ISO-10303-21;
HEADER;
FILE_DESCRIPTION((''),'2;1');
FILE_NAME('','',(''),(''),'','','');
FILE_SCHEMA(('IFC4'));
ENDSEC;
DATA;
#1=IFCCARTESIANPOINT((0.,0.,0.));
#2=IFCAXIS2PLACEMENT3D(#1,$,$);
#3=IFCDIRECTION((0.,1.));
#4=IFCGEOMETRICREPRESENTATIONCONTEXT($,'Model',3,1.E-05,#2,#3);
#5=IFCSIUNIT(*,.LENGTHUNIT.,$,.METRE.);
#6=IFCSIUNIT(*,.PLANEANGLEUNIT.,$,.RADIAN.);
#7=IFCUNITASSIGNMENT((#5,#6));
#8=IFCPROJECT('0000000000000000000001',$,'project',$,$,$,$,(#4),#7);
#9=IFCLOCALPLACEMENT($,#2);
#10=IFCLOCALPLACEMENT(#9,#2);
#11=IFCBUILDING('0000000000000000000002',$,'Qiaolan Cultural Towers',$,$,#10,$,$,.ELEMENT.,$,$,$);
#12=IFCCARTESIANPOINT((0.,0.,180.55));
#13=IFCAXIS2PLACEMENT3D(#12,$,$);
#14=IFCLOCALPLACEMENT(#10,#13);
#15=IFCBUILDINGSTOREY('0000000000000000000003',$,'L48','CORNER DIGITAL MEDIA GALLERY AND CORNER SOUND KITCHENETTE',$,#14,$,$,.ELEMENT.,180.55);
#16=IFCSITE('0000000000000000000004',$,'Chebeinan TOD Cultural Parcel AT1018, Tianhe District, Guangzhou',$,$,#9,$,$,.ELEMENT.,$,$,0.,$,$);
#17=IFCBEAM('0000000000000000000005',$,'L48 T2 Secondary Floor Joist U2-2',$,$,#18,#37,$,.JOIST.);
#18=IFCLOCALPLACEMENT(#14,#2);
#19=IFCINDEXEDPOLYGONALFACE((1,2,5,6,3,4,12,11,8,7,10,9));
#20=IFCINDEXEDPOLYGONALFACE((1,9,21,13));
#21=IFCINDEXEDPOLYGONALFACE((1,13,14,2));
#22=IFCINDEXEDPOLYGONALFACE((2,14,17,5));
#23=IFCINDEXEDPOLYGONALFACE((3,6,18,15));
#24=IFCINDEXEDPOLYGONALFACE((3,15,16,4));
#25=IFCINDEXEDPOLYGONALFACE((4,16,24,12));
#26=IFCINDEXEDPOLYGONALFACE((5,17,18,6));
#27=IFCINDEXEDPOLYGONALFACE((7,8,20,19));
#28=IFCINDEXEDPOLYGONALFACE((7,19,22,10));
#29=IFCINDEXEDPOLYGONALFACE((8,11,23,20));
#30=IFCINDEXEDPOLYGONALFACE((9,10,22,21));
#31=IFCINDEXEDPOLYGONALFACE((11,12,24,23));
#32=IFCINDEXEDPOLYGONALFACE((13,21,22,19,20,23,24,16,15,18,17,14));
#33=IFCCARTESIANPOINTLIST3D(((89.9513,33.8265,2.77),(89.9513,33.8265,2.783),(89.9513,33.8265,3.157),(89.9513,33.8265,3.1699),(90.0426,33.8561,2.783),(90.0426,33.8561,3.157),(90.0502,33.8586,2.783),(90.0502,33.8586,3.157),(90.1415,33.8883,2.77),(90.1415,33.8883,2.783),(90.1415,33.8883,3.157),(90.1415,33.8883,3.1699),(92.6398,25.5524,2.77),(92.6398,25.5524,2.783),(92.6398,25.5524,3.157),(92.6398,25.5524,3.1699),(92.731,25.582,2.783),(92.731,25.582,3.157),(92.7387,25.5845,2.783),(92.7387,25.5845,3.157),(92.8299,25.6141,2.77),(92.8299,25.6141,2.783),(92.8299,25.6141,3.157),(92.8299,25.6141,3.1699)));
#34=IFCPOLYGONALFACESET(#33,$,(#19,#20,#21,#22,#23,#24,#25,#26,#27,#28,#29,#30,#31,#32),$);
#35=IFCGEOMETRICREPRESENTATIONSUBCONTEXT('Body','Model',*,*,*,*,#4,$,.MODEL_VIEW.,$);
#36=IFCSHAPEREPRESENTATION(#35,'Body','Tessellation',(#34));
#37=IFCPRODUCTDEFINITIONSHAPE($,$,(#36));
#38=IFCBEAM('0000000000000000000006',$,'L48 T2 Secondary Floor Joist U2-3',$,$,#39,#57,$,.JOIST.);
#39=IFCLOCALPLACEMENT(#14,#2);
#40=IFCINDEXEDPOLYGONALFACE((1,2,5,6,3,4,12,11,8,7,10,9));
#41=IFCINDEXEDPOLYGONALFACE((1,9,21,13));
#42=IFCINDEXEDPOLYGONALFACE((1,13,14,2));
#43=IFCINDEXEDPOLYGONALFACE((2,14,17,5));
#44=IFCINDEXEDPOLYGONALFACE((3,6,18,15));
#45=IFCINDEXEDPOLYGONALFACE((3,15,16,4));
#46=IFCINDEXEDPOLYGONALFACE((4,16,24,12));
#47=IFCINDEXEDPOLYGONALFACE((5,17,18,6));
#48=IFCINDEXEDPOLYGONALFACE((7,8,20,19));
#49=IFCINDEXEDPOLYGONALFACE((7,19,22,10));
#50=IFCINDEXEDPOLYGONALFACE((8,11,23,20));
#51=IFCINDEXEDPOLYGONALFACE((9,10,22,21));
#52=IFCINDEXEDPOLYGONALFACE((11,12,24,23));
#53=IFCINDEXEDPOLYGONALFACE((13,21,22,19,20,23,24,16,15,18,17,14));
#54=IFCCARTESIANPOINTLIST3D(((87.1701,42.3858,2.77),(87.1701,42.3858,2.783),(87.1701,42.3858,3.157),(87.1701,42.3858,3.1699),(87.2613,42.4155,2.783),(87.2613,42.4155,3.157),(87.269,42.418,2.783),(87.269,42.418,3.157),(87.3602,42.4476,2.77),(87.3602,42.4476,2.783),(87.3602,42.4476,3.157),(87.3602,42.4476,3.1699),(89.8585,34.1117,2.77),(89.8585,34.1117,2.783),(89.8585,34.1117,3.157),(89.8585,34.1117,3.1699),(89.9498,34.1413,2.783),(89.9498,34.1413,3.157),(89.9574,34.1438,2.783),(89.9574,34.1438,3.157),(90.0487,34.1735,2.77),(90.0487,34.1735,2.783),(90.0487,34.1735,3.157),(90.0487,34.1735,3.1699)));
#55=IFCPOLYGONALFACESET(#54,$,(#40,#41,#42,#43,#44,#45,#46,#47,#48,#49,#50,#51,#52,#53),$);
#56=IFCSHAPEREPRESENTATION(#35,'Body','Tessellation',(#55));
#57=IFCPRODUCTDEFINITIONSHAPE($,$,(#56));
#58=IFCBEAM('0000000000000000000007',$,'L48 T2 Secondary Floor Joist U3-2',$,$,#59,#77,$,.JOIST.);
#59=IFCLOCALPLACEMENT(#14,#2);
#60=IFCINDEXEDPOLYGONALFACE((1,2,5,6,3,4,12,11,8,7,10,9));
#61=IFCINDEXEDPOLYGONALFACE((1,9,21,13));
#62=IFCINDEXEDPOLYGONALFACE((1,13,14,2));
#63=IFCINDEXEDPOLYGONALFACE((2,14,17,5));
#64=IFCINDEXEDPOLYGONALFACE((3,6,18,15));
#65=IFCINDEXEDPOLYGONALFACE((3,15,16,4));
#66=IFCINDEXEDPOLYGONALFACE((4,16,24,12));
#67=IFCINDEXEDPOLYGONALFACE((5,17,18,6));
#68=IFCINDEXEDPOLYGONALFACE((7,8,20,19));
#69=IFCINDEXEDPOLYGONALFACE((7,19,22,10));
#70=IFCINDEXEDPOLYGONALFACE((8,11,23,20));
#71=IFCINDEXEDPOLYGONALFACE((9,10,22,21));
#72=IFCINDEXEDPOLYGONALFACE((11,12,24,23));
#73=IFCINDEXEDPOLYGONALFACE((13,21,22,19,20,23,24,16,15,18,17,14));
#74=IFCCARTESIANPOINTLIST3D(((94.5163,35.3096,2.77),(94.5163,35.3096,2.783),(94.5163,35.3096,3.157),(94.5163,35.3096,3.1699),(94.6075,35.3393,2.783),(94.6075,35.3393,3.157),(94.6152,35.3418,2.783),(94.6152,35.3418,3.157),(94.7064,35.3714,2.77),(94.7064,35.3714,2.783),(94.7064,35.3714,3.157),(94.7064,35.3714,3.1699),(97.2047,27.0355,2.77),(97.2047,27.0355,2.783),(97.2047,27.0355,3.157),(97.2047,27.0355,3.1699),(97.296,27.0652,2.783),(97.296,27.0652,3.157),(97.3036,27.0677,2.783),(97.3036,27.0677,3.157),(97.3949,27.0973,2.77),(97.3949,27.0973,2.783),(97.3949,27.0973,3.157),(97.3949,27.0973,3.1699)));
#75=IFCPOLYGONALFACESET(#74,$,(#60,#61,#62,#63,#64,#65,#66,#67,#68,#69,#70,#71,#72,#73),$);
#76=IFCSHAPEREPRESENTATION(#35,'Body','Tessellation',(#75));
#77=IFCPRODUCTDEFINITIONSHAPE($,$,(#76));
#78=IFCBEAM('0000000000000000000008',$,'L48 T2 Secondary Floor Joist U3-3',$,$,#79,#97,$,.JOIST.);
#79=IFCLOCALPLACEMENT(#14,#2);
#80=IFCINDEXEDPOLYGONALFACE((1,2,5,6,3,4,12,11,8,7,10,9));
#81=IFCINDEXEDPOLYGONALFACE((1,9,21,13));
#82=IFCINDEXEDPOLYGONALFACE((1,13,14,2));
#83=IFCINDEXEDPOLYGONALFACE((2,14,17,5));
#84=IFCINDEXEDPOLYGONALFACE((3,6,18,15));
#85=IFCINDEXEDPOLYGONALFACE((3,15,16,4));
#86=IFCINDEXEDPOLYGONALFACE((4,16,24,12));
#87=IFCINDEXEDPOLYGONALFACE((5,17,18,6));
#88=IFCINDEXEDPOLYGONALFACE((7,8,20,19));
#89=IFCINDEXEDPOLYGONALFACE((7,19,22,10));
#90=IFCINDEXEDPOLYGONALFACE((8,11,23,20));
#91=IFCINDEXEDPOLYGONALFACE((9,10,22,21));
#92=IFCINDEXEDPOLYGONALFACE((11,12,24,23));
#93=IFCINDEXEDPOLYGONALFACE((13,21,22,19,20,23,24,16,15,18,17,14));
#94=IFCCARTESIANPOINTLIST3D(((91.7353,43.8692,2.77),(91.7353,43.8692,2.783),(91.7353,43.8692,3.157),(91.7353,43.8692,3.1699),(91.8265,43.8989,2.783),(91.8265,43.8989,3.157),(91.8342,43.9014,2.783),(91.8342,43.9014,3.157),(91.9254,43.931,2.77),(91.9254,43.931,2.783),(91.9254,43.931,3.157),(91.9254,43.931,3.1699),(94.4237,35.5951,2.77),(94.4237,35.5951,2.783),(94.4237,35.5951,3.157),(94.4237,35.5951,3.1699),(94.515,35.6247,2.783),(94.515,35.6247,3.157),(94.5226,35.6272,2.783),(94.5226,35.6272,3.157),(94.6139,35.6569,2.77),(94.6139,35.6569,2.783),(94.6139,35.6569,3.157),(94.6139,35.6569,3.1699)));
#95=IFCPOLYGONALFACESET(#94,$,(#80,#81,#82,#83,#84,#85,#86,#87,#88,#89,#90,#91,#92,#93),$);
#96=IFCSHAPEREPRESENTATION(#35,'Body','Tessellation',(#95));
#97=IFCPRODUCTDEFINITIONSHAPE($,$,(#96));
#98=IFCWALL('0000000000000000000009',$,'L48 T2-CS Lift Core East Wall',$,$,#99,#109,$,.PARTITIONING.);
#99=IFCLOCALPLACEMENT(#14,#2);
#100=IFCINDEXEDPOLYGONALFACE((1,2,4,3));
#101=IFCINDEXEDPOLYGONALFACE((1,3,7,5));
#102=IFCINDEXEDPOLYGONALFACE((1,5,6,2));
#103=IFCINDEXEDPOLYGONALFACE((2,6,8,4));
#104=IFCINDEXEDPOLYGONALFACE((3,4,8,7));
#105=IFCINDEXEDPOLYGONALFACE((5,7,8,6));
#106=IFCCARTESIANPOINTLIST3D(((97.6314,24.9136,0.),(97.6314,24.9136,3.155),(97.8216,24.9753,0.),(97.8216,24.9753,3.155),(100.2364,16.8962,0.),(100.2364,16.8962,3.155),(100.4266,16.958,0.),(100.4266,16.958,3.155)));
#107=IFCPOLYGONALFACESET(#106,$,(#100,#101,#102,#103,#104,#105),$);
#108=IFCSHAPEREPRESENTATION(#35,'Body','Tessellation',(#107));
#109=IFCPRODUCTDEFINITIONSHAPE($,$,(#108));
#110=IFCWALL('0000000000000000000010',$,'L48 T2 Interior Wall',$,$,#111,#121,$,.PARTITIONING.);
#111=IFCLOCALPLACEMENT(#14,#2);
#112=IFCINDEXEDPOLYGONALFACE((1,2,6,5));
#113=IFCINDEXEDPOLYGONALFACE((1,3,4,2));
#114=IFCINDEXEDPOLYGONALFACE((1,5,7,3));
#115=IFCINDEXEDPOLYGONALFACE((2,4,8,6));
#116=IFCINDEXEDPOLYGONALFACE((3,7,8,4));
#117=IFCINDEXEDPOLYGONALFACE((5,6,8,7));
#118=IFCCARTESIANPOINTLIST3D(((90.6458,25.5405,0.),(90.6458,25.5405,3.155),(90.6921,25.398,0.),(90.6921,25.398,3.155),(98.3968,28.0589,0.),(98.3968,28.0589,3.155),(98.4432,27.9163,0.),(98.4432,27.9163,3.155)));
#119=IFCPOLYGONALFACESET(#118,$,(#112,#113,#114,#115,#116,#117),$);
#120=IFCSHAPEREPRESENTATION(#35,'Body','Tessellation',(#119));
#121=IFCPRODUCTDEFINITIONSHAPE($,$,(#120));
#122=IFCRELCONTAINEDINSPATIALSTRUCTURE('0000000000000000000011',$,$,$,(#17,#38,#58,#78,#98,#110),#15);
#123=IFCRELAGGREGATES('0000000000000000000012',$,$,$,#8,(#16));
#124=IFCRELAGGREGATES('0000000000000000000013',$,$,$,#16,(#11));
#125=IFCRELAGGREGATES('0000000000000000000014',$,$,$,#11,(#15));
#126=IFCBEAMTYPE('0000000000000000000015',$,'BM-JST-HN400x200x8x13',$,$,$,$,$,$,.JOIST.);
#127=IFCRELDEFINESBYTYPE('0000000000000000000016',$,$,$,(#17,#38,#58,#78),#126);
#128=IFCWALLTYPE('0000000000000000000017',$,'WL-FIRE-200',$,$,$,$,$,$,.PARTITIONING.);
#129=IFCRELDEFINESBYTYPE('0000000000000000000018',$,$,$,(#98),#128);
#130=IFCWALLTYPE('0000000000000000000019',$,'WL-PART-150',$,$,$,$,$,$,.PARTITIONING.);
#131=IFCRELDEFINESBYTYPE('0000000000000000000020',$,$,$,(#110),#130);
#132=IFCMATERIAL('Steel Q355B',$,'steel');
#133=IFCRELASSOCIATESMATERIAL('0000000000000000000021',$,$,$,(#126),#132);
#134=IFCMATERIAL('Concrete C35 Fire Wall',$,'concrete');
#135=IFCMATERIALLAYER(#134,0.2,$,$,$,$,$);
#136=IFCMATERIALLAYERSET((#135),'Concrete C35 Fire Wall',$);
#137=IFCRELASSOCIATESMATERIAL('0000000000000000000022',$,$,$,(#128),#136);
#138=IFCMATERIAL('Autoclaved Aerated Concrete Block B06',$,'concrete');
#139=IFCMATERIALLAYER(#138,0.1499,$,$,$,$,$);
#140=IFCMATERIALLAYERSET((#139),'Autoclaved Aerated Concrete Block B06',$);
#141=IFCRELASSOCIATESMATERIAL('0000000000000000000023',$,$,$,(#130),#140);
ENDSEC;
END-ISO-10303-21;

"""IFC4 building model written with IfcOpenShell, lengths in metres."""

from ifc_helpers import new_model, si_unit, direction, frame, frame_2d, origin, origin_2d, place, context, subcontext, project, spatial, rectangle, i_section, extrude, material, layer, layer_set, material_profile, profile_set, type_object, element, save


model = new_model("IFC4")

# Units and contexts
model_context = context("Model", 3, precision=1e-05, world=origin(), true_north=direction((0.0, 1.0)))
body_context = subcontext(model_context, "Body", "Model", "MODEL_VIEW")
ifc_project = project(units=[si_unit("LENGTHUNIT", "METRE"), si_unit("PLANEANGLEUNIT", "RADIAN")], contexts=[model_context])

# Site, building, storey
site_placement = place(None, origin())
site = spatial("IfcSite", under=ifc_project, at=site_placement, Name="Chebeinan TOD Cultural Parcel AT1018, Tianhe District, Guangzhou", CompositionType="ELEMENT", RefElevation=0.0)
building_placement = place(site_placement, origin())
building = spatial("IfcBuilding", under=site, at=building_placement, Name="Qiaolan Cultural Towers", CompositionType="ELEMENT")
storey_placement = place(building_placement, frame((0.0, 0.0, 180.55)))
storey = spatial("IfcBuildingStorey", under=building, at=storey_placement, Name="L48", Description="CORNER DIGITAL MEDIA GALLERY AND CORNER SOUND KITCHENETTE", CompositionType="ELEMENT", Elevation=180.55)

# Beams
ifc_material_1 = material(Name="Steel Q355B", Category="steel")
ifc_material_profile = material_profile(ifc_material_1, i_section(OverallWidth=0.2, OverallDepth=0.3999, WebThickness=0.0081, FlangeThickness=0.0129, at=origin_2d()), Name="HN400x200x8x13")
ifc_profile_set = profile_set([ifc_material_profile], Name="Steel Q355B")
beam_type = type_object("IfcBeamType", Name="BM-JST-HN400x200x8x13", PredefinedType="JOIST", material=ifc_profile_set)
for number, where, z_axis, x_axis, name in (
    (1, (92.7349, 25.5833, 2.97), (-0.309021, 0.951055, 0.0), (-0.951055, -0.309021, 0.0), "L48 T2 Secondary Floor Joist U2-2"),
    (2, (89.9536, 34.1426, 2.97), (-0.309021, 0.951055, 0.0), (-0.951055, -0.309021, 0.0), "L48 T2 Secondary Floor Joist U2-3"),
    (3, (97.2998, 27.0664, 2.97), (-0.309021, 0.951055, 0.0), (-0.951055, -0.309021, 0.0), "L48 T2 Secondary Floor Joist U3-2"),
    (4, (94.5188, 35.626, 2.97), (-0.309021, 0.951055, 0.0), (-0.951055, -0.309021, 0.0), "L48 T2 Secondary Floor Joist U3-3"),
):
    element("IfcBeam", number, at=place(storey_placement, frame(where, z_axis=z_axis, x_axis=x_axis)), inside=storey, type_object=beam_type, Name=name, PredefinedType="JOIST", context=body_context, shape_type="SweptSolid", body=[
        extrude(i_section(OverallWidth=0.2, OverallDepth=0.3999, WebThickness=0.0081, FlangeThickness=0.0129, at=origin_2d()), origin(), (0.0, 0.0, 1.0), 8.7),
    ])

# Walls
ifc_material_2 = material(Name="Concrete C35 Fire Wall", Category="concrete")
ifc_layer_1 = layer(ifc_material_2, 0.2)
ifc_layer_set_1 = layer_set([ifc_layer_1], Name="Concrete C35 Fire Wall")
wall_type_1 = type_object("IfcWallType", Name="WL-FIRE-200", PredefinedType="PARTITIONING", material=ifc_layer_set_1)
wall_1_placement = place(storey_placement, frame((97.7266, 24.9443, 0.0), z_axis=(0.0, 0.0, 1.0), x_axis=(0.309016, -0.951057, 0.0)))
element("IfcWall", 5, at=wall_1_placement, inside=storey, type_object=wall_type_1, Name="L48 T2-CS Lift Core East Wall", PredefinedType="PARTITIONING", context=body_context, shape_type="SweptSolid", body=[
    extrude(rectangle(XDim=8.4299, YDim=0.2, at=frame_2d((4.2148, 0.0))), origin(), (0.0, 0.0, 1.0), 3.155),
])
ifc_material_3 = material(Name="Autoclaved Aerated Concrete Block B06", Category="concrete")
ifc_layer_2 = layer(ifc_material_3, 0.1499)
ifc_layer_set_2 = layer_set([ifc_layer_2], Name="Autoclaved Aerated Concrete Block B06")
wall_type_2 = type_object("IfcWallType", Name="WL-PART-150", PredefinedType="PARTITIONING", material=ifc_layer_set_2)
wall_2_placement = place(storey_placement, frame((90.6689, 25.4692, 0.0), z_axis=(0.0, 0.0, 1.0), x_axis=(0.951061, 0.309002, 0.0)))
element("IfcWall", 6, at=wall_2_placement, inside=storey, type_object=wall_type_2, Name="L48 T2 Interior Wall", PredefinedType="PARTITIONING", context=body_context, shape_type="SweptSolid", body=[
    extrude(rectangle(XDim=8.1499, YDim=0.1499, at=frame_2d((4.075, 0.0))), origin(), (0.0, 0.0, 1.0), 3.155),
])

save(model, "model.ifc")
